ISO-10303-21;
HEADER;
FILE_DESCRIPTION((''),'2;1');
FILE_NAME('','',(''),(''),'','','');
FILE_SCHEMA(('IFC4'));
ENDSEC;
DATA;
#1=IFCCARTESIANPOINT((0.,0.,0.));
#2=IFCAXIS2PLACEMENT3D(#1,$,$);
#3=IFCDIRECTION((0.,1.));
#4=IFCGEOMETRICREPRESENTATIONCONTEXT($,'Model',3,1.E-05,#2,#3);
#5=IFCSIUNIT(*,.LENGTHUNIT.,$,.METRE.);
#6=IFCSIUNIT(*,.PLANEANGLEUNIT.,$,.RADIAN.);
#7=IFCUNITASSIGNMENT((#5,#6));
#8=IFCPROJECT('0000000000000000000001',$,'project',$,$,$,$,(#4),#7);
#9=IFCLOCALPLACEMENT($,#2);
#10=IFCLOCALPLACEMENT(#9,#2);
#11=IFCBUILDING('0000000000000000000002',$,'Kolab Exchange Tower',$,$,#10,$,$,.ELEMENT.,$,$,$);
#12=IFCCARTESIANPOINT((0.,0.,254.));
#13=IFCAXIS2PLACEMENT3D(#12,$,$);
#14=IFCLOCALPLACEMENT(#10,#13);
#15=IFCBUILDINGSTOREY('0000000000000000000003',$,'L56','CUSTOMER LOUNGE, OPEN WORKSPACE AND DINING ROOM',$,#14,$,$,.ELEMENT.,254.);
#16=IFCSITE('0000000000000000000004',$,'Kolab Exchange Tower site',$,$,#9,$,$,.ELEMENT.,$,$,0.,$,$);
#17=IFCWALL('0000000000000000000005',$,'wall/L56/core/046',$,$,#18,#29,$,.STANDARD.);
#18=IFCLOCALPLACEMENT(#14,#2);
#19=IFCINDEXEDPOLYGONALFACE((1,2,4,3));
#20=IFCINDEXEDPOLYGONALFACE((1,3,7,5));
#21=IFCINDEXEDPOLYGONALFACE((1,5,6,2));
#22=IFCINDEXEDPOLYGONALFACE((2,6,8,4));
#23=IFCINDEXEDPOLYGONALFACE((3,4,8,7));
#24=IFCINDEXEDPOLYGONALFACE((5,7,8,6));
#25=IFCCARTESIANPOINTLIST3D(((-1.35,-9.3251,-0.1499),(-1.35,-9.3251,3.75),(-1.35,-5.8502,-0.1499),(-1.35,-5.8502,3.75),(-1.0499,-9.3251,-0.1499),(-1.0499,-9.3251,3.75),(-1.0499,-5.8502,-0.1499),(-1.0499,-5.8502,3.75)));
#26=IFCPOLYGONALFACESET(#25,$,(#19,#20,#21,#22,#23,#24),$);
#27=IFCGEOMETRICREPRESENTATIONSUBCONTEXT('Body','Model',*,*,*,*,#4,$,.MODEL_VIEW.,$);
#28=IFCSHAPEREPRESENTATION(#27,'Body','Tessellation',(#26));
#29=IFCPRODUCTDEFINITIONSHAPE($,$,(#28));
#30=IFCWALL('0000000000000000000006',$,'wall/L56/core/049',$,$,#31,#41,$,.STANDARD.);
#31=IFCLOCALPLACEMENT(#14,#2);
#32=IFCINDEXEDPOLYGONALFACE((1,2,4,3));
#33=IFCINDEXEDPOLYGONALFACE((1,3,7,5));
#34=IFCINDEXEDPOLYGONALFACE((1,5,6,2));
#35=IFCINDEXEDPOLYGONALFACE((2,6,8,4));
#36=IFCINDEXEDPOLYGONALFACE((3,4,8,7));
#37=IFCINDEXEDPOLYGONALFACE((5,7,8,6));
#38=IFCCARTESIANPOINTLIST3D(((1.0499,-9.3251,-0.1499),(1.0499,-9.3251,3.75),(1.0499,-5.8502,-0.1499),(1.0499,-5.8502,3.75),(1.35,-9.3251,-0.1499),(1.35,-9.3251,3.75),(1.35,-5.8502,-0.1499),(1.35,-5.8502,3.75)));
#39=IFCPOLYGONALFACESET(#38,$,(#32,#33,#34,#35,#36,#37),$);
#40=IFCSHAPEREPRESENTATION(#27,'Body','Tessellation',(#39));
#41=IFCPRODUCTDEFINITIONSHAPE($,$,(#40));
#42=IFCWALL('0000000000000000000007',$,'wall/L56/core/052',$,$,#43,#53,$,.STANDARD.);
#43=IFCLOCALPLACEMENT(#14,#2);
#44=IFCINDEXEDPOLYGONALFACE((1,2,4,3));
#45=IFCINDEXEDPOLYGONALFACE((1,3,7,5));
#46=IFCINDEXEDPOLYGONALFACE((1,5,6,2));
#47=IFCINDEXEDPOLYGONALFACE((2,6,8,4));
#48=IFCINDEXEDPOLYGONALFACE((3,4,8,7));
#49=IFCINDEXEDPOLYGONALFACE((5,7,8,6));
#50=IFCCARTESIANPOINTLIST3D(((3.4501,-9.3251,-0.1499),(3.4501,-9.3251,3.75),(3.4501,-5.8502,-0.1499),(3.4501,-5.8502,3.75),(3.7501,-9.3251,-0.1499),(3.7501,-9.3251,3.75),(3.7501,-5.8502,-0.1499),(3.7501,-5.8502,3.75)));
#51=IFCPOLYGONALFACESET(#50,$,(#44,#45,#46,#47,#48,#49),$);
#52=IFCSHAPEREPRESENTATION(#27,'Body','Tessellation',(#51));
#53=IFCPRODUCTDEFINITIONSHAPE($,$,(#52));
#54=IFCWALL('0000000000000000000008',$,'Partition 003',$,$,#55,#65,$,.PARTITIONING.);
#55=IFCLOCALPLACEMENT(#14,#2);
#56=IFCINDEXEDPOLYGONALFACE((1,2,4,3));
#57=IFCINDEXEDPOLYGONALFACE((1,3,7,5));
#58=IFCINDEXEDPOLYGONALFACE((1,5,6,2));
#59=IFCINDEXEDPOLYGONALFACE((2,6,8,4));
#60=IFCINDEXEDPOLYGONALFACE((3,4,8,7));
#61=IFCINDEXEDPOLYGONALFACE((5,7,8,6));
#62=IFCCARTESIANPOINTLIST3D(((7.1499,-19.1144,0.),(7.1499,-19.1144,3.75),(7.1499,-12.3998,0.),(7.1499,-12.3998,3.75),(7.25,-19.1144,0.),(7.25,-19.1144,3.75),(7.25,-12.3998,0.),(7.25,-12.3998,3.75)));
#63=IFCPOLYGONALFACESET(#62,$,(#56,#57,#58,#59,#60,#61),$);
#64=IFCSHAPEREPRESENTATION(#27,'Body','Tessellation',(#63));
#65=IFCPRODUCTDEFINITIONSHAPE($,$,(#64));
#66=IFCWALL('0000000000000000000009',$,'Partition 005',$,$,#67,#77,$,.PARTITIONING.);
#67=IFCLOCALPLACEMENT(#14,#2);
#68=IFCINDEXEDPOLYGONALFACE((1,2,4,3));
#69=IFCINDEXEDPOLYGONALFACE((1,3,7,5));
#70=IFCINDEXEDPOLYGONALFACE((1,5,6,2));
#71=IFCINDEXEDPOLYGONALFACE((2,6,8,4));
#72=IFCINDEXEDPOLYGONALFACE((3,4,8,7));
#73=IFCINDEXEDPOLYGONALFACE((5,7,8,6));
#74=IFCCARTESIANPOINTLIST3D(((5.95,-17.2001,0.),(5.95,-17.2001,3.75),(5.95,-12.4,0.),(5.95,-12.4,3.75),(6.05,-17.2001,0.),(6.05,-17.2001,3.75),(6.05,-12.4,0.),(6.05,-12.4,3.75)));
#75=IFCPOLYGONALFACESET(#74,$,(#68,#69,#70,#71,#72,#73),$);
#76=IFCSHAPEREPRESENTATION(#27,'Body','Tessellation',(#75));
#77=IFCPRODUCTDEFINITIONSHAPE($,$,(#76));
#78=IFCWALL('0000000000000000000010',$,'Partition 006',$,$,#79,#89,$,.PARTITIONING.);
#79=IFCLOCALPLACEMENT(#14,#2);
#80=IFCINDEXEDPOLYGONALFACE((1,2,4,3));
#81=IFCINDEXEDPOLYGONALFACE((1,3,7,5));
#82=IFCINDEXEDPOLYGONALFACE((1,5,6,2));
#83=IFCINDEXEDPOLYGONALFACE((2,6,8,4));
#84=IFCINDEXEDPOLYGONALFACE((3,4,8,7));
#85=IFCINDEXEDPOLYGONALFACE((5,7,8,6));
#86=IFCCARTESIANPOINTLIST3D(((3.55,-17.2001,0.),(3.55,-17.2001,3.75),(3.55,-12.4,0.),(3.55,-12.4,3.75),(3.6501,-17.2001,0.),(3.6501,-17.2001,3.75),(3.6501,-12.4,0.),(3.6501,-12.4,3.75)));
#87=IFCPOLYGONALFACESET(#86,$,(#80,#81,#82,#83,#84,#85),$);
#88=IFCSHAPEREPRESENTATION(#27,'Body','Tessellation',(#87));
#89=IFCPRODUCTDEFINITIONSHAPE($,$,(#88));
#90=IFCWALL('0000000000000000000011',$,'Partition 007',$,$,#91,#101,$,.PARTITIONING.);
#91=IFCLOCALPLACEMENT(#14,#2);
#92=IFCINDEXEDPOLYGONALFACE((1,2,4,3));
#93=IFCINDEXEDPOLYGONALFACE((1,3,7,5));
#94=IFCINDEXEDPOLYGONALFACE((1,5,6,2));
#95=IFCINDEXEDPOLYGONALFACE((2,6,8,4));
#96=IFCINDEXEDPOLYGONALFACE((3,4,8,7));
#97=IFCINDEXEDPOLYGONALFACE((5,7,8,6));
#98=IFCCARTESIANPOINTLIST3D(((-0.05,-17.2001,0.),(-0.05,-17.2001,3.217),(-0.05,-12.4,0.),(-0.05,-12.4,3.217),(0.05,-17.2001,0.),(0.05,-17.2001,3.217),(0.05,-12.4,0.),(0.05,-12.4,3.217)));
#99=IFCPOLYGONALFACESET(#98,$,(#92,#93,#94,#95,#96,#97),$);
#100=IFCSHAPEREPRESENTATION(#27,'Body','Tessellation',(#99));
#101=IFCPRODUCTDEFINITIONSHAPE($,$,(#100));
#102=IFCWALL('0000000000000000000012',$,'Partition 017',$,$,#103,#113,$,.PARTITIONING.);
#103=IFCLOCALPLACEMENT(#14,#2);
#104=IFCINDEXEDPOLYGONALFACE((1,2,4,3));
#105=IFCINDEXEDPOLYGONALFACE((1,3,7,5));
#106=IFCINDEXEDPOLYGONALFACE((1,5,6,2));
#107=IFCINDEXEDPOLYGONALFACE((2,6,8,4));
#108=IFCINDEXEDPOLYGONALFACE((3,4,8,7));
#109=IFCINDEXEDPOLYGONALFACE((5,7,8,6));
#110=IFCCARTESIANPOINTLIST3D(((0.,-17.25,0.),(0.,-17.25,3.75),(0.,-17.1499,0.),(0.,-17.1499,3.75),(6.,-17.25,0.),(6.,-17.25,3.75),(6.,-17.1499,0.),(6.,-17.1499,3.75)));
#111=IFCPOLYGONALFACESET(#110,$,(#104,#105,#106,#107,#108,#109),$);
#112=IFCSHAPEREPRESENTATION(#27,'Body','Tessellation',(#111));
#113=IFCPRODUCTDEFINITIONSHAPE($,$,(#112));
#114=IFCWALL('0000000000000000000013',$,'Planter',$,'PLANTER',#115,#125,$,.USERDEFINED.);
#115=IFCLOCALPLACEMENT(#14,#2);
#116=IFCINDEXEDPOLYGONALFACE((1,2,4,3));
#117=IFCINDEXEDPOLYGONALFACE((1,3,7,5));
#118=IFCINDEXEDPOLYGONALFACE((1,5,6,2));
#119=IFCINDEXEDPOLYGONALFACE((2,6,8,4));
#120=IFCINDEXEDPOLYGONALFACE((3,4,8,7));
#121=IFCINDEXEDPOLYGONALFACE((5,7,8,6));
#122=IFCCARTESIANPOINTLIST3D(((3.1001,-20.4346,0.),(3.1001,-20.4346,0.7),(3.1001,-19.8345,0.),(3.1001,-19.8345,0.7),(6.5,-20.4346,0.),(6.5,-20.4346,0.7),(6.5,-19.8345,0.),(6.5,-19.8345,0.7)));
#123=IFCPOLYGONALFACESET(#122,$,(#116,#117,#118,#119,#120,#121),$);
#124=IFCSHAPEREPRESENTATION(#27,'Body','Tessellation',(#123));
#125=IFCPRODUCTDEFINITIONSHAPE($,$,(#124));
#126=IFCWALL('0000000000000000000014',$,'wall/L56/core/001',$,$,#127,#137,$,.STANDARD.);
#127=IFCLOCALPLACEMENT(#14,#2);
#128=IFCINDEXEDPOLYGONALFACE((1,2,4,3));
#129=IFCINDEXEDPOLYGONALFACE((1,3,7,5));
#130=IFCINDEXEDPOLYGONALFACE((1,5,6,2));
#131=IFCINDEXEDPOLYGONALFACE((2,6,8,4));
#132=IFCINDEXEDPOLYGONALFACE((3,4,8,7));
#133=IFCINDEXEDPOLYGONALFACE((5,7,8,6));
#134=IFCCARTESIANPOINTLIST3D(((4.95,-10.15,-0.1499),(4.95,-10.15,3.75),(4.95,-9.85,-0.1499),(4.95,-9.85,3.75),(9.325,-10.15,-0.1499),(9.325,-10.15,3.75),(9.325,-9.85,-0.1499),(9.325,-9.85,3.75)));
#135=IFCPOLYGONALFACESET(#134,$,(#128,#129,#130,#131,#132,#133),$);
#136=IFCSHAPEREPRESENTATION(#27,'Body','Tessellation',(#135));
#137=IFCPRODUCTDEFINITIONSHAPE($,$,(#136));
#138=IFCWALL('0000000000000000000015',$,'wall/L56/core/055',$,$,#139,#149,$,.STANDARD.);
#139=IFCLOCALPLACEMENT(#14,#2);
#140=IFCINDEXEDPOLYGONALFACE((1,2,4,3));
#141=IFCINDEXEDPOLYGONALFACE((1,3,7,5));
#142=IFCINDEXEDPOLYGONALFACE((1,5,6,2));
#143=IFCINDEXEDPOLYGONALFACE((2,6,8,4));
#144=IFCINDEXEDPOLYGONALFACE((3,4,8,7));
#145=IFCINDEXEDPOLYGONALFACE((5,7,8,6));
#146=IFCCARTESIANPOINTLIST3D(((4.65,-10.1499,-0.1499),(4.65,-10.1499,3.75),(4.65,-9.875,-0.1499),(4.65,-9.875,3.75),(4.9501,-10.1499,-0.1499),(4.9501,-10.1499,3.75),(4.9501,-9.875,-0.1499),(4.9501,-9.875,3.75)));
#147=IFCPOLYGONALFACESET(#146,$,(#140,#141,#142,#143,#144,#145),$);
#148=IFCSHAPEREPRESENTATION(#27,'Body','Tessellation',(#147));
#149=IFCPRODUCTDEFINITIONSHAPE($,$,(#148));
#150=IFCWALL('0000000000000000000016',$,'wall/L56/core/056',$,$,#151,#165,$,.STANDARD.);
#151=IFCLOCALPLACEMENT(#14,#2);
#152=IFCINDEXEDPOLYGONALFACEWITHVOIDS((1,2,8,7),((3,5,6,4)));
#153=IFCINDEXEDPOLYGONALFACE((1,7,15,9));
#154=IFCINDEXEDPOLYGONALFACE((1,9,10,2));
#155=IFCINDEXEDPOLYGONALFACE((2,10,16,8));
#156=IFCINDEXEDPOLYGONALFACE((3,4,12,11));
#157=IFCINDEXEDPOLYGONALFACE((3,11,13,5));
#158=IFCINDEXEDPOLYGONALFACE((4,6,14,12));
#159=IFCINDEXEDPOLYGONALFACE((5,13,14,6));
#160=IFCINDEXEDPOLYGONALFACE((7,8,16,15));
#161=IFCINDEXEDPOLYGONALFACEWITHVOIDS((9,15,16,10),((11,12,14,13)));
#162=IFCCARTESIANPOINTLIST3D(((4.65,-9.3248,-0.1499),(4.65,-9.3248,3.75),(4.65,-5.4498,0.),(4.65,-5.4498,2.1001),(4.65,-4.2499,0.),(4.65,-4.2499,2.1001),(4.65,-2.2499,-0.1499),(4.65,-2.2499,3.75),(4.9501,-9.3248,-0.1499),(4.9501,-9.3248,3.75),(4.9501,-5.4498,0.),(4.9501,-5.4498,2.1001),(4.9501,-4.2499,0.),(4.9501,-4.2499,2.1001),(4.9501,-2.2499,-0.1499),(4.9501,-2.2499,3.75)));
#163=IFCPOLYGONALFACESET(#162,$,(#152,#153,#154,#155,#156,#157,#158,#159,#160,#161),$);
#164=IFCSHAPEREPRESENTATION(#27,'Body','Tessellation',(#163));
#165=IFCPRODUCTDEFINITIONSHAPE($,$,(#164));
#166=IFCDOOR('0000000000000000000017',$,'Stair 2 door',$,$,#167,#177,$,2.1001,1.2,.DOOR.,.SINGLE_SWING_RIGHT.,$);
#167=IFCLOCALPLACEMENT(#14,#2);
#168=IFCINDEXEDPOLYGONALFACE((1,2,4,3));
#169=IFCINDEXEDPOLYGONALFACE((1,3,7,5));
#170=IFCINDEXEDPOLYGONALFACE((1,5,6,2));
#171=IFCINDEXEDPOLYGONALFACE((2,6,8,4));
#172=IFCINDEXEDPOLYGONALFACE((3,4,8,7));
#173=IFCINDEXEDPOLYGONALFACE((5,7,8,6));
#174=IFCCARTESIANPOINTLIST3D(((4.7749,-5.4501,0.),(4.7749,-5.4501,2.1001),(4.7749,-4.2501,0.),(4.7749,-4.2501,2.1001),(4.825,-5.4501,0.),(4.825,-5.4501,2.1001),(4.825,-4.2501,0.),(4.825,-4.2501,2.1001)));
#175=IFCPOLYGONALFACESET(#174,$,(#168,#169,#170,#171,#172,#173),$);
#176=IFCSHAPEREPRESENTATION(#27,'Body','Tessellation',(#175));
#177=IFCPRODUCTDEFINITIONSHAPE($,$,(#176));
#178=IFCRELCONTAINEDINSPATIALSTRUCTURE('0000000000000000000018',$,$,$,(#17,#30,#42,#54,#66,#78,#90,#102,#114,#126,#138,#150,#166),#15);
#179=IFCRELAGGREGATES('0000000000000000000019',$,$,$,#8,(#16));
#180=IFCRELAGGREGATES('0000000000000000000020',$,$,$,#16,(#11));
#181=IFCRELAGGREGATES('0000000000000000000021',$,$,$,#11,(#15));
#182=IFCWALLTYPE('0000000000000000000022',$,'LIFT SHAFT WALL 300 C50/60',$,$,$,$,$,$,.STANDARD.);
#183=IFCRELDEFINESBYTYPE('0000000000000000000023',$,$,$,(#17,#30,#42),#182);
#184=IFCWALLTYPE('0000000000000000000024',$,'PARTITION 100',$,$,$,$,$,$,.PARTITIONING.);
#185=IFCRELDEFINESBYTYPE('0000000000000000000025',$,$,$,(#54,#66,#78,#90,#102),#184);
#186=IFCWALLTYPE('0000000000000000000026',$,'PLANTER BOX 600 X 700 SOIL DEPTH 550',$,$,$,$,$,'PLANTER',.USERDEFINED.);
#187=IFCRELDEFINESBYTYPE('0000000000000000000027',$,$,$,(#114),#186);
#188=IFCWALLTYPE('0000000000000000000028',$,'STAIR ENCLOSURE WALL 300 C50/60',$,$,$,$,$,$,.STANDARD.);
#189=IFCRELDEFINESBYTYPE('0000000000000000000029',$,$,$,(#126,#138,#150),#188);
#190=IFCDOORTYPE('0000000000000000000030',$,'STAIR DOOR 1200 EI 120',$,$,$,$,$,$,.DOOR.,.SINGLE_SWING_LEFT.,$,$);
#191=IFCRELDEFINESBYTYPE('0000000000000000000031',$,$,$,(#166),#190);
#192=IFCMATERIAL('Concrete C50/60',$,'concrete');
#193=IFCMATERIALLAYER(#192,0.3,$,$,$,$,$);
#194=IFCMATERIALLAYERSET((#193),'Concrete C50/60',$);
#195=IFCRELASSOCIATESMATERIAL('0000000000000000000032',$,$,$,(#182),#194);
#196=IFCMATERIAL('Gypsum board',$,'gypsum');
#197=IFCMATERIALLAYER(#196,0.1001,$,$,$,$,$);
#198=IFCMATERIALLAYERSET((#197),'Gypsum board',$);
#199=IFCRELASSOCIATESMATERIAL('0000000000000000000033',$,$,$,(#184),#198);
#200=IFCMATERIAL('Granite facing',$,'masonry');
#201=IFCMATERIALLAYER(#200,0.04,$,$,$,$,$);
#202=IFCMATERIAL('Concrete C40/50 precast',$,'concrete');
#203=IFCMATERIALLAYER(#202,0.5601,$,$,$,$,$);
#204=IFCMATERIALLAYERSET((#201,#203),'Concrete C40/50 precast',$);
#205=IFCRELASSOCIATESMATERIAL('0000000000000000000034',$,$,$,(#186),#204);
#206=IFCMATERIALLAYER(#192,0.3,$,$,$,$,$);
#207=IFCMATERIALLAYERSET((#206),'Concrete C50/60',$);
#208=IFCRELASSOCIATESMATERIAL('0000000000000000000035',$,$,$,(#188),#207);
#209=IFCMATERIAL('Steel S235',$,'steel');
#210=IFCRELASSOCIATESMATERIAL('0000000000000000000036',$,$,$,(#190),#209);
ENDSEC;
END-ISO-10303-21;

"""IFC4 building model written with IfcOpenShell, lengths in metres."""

from ifc_helpers import new_model, si_unit, direction, frame, frame_2d, origin, place, context, subcontext, project, spatial, rectangle, extrude, material, layer, layer_set, type_object, element, fill, save


model = new_model("IFC4")

# Units and contexts
model_context = context("Model", 3, precision=1e-05, world=origin(), true_north=direction((0.0, 1.0)))
body_context = subcontext(model_context, "Body", "Model", "MODEL_VIEW")
ifc_project = project(units=[si_unit("LENGTHUNIT", "METRE"), si_unit("PLANEANGLEUNIT", "RADIAN")], contexts=[model_context])

# Site, building, storey
site_placement = place(None, origin())
site = spatial("IfcSite", under=ifc_project, at=site_placement, Name="Kolab Exchange Tower site", CompositionType="ELEMENT", RefElevation=0.0)
building_placement = place(site_placement, origin())
building = spatial("IfcBuilding", under=site, at=building_placement, Name="Kolab Exchange Tower", CompositionType="ELEMENT")
storey_placement = place(building_placement, frame((0.0, 0.0, 254.0)))
storey = spatial("IfcBuildingStorey", under=building, at=storey_placement, Name="L56", Description="CUSTOMER LOUNGE, OPEN WORKSPACE AND DINING ROOM", CompositionType="ELEMENT", Elevation=254.0)

# Shared definitions
ifc_material_1 = material(Name="Concrete C50/60", Category="concrete")

# Walls
ifc_layer_1 = layer(ifc_material_1, 0.3)
ifc_layer_set_1 = layer_set([ifc_layer_1], Name="Concrete C50/60")
wall_type_1 = type_object("IfcWallType", Name="LIFT SHAFT WALL 300 C50/60", PredefinedType="STANDARD", material=ifc_layer_set_1)
for number, where, z_axis, x_axis, name in (
    (1, (-1.2, -9.325, -0.1499), (0.0, 0.0, 1.0), (0.0, 1.0, 0.0), "wall/L56/core/046"),
    (2, (1.2, -9.325, -0.1499), (0.0, 0.0, 1.0), (0.0, 1.0, 0.0), "wall/L56/core/049"),
    (3, (3.6001, -9.325, -0.1499), (0.0, 0.0, 1.0), (0.0, 1.0, 0.0), "wall/L56/core/052"),
):
    element("IfcWall", number, at=place(storey_placement, frame(where, z_axis=z_axis, x_axis=x_axis)), inside=storey, type_object=wall_type_1, Name=name, PredefinedType="STANDARD", context=body_context, shape_type="SweptSolid", body=[
        extrude(rectangle(XDim=3.4749, YDim=0.3, at=frame_2d((1.7373, 0.0))), origin(), (0.0, 0.0, 1.0), 3.8999),
    ])
ifc_material_2 = material(Name="Gypsum board", Category="gypsum")
ifc_layer_2 = layer(ifc_material_2, 0.1001)
ifc_layer_set_2 = layer_set([ifc_layer_2], Name="Gypsum board")
wall_type_2 = type_object("IfcWallType", Name="PARTITION 100", PredefinedType="PARTITIONING", material=ifc_layer_set_2)
wall_1_placement = place(storey_placement, frame((7.2, -19.1145, 0.0), z_axis=(0.0, 0.0, 1.0), x_axis=(0.0, 1.0, 0.0)))
element("IfcWall", 4, at=wall_1_placement, inside=storey, type_object=wall_type_2, Name="Partition 003", PredefinedType="PARTITIONING", context=body_context, shape_type="SweptSolid", body=[
    extrude(rectangle(XDim=6.7146, YDim=0.1001, at=frame_2d((3.3574, 0.0))), origin(), (0.0, 0.0, 1.0), 3.75),
])
for number, where, z_axis, x_axis, name in (
    (5, (6.0, -17.2, 0.0), (0.0, 0.0, 1.0), (0.0, 1.0, 0.0), "Partition 005"),
    (6, (3.6001, -17.2, 0.0), (0.0, 0.0, 1.0), (0.0, 1.0, 0.0), "Partition 006"),
):
    element("IfcWall", number, at=place(storey_placement, frame(where, z_axis=z_axis, x_axis=x_axis)), inside=storey, type_object=wall_type_2, Name=name, PredefinedType="PARTITIONING", context=body_context, shape_type="SweptSolid", body=[
        extrude(rectangle(XDim=4.8, YDim=0.1001, at=frame_2d((2.3999, 0.0))), origin(), (0.0, 0.0, 1.0), 3.75),
    ])
wall_2_placement = place(storey_placement, frame((0.0, -17.2, 0.0), z_axis=(0.0, 0.0, 1.0), x_axis=(0.0, 1.0, 0.0)))
element("IfcWall", 7, at=wall_2_placement, inside=storey, type_object=wall_type_2, Name="Partition 007", PredefinedType="PARTITIONING", context=body_context, shape_type="SweptSolid", body=[
    extrude(rectangle(XDim=4.8, YDim=0.1001, at=frame_2d((2.3999, 0.0))), origin(), (0.0, 0.0, 1.0), 3.217),
])
wall_3_placement = place(storey_placement, frame((0.0, -17.2, 0.0), z_axis=(0.0, 0.0, 1.0), x_axis=(1.0, 0.0, 0.0)))
element("IfcWall", 8, at=wall_3_placement, inside=storey, type_object=wall_type_2, Name="Partition 017", PredefinedType="PARTITIONING", context=body_context, shape_type="SweptSolid", body=[
    extrude(rectangle(XDim=6.0, YDim=0.1001, at=frame_2d((3.0, 0.0))), origin(), (0.0, 0.0, 1.0), 3.75),
])
ifc_material_3 = material(Name="Granite facing", Category="masonry")
ifc_layer_3 = layer(ifc_material_3, 0.04)
ifc_material_4 = material(Name="Concrete C40/50 precast", Category="concrete")
ifc_layer_4 = layer(ifc_material_4, 0.5601)
ifc_layer_set_3 = layer_set([ifc_layer_3, ifc_layer_4], Name="Concrete C40/50 precast")
wall_type_3 = type_object("IfcWallType", Name="PLANTER BOX 600 X 700 SOIL DEPTH 550", ElementType="PLANTER", PredefinedType="USERDEFINED", material=ifc_layer_set_3)
wall_4_placement = place(storey_placement, frame((6.5, -20.1345, 0.0), z_axis=(0.0, 0.0, 1.0), x_axis=(-1.0, 0.0, 0.0)))
element("IfcWall", 9, at=wall_4_placement, inside=storey, type_object=wall_type_3, Name="Planter", ObjectType="PLANTER", PredefinedType="USERDEFINED", context=body_context, shape_type="SweptSolid", body=[
    extrude(rectangle(XDim=3.3999, YDim=0.6001, at=frame_2d((1.7, 0.0))), origin(), (0.0, 0.0, 1.0), 0.7),
])
ifc_layer_5 = layer(ifc_material_1, 0.3)
ifc_layer_set_4 = layer_set([ifc_layer_5], Name="Concrete C50/60")
wall_type_4 = type_object("IfcWallType", Name="STAIR ENCLOSURE WALL 300 C50/60", PredefinedType="STANDARD", material=ifc_layer_set_4)
wall_5_placement = place(storey_placement, frame((4.95, -10.0, -0.1499), z_axis=(0.0, 0.0, 1.0), x_axis=(1.0, 0.0, 0.0)))
element("IfcWall", 10, at=wall_5_placement, inside=storey, type_object=wall_type_4, Name="wall/L56/core/001", PredefinedType="STANDARD", context=body_context, shape_type="SweptSolid", body=[
    extrude(rectangle(XDim=4.375, YDim=0.3, at=frame_2d((2.1875, 0.0))), origin(), (0.0, 0.0, 1.0), 3.8999),
])
wall_6_placement = place(storey_placement, frame((4.8, -10.1499, -0.1499), z_axis=(0.0, 0.0, 1.0), x_axis=(0.0, 1.0, 0.0)))
element("IfcWall", 11, at=wall_6_placement, inside=storey, type_object=wall_type_4, Name="wall/L56/core/055", PredefinedType="STANDARD", context=body_context, shape_type="SweptSolid", body=[
    extrude(rectangle(XDim=0.2749, YDim=0.3, at=frame_2d((0.1375, 0.0))), origin(), (0.0, 0.0, 1.0), 3.8999),
])

# Wall, opening, door
wall_7_placement = place(storey_placement, frame((4.8, -9.325, -0.1499), z_axis=(0.0, 0.0, 1.0), x_axis=(0.0, 1.0, 0.0)))
wall_7 = element("IfcWall", 12, at=wall_7_placement, inside=storey, type_object=wall_type_4, Name="wall/L56/core/056", PredefinedType="STANDARD", context=body_context, shape_type="SweptSolid", body=[
    extrude(rectangle(XDim=7.075, YDim=0.3, at=frame_2d((3.5376, 0.0))), origin(), (0.0, 0.0, 1.0), 3.8999),
])
opening_1_placement = place(wall_7_placement, frame((3.875, 0.0, 0.1499)))
opening_1 = element("IfcOpeningElement", 13, at=opening_1_placement, cuts=wall_7, PredefinedType="OPENING", context=body_context, shape_type="SweptSolid", body=[
    extrude(rectangle(XDim=1.2, YDim=2.1001, at=frame_2d((0.6001, 1.05))), frame((0.0, 0.1602, 0.0), z_axis=(0.0, -1.0, 0.0), x_axis=(1.0, 0.0, 0.0)), (0.0, 0.0, 1.0), 0.3201),
])
ifc_material_5 = material(Name="Steel S235", Category="steel")
door_type_1 = type_object("IfcDoorType", Name="STAIR DOOR 1200 EI 120", OperationType="SINGLE_SWING_LEFT", PredefinedType="DOOR", material=ifc_material_5)
door_1_placement = place(opening_1_placement, frame((1.2, 0.0, 0.0), z_axis=(0.0, 0.0, 1.0), x_axis=(-1.0, 0.0, 0.0)))
door_1 = element("IfcDoor", 14, at=door_1_placement, inside=storey, type_object=door_type_1, Name="Stair 2 door", OperationType="SINGLE_SWING_RIGHT", OverallHeight=2.1001, OverallWidth=1.2, PredefinedType="DOOR", context=body_context, shape_type="SweptSolid", body=[
    extrude(rectangle(XDim=1.2, YDim=2.1001, at=frame_2d((0.6001, 1.05))), frame((0.0, 0.0249, 0.0), z_axis=(0.0, -1.0, 0.0), x_axis=(1.0, 0.0, 0.0)), (0.0, 0.0, 1.0), 0.05),
])
fill(opening_1, door_1)

save(model, "model.ifc")
